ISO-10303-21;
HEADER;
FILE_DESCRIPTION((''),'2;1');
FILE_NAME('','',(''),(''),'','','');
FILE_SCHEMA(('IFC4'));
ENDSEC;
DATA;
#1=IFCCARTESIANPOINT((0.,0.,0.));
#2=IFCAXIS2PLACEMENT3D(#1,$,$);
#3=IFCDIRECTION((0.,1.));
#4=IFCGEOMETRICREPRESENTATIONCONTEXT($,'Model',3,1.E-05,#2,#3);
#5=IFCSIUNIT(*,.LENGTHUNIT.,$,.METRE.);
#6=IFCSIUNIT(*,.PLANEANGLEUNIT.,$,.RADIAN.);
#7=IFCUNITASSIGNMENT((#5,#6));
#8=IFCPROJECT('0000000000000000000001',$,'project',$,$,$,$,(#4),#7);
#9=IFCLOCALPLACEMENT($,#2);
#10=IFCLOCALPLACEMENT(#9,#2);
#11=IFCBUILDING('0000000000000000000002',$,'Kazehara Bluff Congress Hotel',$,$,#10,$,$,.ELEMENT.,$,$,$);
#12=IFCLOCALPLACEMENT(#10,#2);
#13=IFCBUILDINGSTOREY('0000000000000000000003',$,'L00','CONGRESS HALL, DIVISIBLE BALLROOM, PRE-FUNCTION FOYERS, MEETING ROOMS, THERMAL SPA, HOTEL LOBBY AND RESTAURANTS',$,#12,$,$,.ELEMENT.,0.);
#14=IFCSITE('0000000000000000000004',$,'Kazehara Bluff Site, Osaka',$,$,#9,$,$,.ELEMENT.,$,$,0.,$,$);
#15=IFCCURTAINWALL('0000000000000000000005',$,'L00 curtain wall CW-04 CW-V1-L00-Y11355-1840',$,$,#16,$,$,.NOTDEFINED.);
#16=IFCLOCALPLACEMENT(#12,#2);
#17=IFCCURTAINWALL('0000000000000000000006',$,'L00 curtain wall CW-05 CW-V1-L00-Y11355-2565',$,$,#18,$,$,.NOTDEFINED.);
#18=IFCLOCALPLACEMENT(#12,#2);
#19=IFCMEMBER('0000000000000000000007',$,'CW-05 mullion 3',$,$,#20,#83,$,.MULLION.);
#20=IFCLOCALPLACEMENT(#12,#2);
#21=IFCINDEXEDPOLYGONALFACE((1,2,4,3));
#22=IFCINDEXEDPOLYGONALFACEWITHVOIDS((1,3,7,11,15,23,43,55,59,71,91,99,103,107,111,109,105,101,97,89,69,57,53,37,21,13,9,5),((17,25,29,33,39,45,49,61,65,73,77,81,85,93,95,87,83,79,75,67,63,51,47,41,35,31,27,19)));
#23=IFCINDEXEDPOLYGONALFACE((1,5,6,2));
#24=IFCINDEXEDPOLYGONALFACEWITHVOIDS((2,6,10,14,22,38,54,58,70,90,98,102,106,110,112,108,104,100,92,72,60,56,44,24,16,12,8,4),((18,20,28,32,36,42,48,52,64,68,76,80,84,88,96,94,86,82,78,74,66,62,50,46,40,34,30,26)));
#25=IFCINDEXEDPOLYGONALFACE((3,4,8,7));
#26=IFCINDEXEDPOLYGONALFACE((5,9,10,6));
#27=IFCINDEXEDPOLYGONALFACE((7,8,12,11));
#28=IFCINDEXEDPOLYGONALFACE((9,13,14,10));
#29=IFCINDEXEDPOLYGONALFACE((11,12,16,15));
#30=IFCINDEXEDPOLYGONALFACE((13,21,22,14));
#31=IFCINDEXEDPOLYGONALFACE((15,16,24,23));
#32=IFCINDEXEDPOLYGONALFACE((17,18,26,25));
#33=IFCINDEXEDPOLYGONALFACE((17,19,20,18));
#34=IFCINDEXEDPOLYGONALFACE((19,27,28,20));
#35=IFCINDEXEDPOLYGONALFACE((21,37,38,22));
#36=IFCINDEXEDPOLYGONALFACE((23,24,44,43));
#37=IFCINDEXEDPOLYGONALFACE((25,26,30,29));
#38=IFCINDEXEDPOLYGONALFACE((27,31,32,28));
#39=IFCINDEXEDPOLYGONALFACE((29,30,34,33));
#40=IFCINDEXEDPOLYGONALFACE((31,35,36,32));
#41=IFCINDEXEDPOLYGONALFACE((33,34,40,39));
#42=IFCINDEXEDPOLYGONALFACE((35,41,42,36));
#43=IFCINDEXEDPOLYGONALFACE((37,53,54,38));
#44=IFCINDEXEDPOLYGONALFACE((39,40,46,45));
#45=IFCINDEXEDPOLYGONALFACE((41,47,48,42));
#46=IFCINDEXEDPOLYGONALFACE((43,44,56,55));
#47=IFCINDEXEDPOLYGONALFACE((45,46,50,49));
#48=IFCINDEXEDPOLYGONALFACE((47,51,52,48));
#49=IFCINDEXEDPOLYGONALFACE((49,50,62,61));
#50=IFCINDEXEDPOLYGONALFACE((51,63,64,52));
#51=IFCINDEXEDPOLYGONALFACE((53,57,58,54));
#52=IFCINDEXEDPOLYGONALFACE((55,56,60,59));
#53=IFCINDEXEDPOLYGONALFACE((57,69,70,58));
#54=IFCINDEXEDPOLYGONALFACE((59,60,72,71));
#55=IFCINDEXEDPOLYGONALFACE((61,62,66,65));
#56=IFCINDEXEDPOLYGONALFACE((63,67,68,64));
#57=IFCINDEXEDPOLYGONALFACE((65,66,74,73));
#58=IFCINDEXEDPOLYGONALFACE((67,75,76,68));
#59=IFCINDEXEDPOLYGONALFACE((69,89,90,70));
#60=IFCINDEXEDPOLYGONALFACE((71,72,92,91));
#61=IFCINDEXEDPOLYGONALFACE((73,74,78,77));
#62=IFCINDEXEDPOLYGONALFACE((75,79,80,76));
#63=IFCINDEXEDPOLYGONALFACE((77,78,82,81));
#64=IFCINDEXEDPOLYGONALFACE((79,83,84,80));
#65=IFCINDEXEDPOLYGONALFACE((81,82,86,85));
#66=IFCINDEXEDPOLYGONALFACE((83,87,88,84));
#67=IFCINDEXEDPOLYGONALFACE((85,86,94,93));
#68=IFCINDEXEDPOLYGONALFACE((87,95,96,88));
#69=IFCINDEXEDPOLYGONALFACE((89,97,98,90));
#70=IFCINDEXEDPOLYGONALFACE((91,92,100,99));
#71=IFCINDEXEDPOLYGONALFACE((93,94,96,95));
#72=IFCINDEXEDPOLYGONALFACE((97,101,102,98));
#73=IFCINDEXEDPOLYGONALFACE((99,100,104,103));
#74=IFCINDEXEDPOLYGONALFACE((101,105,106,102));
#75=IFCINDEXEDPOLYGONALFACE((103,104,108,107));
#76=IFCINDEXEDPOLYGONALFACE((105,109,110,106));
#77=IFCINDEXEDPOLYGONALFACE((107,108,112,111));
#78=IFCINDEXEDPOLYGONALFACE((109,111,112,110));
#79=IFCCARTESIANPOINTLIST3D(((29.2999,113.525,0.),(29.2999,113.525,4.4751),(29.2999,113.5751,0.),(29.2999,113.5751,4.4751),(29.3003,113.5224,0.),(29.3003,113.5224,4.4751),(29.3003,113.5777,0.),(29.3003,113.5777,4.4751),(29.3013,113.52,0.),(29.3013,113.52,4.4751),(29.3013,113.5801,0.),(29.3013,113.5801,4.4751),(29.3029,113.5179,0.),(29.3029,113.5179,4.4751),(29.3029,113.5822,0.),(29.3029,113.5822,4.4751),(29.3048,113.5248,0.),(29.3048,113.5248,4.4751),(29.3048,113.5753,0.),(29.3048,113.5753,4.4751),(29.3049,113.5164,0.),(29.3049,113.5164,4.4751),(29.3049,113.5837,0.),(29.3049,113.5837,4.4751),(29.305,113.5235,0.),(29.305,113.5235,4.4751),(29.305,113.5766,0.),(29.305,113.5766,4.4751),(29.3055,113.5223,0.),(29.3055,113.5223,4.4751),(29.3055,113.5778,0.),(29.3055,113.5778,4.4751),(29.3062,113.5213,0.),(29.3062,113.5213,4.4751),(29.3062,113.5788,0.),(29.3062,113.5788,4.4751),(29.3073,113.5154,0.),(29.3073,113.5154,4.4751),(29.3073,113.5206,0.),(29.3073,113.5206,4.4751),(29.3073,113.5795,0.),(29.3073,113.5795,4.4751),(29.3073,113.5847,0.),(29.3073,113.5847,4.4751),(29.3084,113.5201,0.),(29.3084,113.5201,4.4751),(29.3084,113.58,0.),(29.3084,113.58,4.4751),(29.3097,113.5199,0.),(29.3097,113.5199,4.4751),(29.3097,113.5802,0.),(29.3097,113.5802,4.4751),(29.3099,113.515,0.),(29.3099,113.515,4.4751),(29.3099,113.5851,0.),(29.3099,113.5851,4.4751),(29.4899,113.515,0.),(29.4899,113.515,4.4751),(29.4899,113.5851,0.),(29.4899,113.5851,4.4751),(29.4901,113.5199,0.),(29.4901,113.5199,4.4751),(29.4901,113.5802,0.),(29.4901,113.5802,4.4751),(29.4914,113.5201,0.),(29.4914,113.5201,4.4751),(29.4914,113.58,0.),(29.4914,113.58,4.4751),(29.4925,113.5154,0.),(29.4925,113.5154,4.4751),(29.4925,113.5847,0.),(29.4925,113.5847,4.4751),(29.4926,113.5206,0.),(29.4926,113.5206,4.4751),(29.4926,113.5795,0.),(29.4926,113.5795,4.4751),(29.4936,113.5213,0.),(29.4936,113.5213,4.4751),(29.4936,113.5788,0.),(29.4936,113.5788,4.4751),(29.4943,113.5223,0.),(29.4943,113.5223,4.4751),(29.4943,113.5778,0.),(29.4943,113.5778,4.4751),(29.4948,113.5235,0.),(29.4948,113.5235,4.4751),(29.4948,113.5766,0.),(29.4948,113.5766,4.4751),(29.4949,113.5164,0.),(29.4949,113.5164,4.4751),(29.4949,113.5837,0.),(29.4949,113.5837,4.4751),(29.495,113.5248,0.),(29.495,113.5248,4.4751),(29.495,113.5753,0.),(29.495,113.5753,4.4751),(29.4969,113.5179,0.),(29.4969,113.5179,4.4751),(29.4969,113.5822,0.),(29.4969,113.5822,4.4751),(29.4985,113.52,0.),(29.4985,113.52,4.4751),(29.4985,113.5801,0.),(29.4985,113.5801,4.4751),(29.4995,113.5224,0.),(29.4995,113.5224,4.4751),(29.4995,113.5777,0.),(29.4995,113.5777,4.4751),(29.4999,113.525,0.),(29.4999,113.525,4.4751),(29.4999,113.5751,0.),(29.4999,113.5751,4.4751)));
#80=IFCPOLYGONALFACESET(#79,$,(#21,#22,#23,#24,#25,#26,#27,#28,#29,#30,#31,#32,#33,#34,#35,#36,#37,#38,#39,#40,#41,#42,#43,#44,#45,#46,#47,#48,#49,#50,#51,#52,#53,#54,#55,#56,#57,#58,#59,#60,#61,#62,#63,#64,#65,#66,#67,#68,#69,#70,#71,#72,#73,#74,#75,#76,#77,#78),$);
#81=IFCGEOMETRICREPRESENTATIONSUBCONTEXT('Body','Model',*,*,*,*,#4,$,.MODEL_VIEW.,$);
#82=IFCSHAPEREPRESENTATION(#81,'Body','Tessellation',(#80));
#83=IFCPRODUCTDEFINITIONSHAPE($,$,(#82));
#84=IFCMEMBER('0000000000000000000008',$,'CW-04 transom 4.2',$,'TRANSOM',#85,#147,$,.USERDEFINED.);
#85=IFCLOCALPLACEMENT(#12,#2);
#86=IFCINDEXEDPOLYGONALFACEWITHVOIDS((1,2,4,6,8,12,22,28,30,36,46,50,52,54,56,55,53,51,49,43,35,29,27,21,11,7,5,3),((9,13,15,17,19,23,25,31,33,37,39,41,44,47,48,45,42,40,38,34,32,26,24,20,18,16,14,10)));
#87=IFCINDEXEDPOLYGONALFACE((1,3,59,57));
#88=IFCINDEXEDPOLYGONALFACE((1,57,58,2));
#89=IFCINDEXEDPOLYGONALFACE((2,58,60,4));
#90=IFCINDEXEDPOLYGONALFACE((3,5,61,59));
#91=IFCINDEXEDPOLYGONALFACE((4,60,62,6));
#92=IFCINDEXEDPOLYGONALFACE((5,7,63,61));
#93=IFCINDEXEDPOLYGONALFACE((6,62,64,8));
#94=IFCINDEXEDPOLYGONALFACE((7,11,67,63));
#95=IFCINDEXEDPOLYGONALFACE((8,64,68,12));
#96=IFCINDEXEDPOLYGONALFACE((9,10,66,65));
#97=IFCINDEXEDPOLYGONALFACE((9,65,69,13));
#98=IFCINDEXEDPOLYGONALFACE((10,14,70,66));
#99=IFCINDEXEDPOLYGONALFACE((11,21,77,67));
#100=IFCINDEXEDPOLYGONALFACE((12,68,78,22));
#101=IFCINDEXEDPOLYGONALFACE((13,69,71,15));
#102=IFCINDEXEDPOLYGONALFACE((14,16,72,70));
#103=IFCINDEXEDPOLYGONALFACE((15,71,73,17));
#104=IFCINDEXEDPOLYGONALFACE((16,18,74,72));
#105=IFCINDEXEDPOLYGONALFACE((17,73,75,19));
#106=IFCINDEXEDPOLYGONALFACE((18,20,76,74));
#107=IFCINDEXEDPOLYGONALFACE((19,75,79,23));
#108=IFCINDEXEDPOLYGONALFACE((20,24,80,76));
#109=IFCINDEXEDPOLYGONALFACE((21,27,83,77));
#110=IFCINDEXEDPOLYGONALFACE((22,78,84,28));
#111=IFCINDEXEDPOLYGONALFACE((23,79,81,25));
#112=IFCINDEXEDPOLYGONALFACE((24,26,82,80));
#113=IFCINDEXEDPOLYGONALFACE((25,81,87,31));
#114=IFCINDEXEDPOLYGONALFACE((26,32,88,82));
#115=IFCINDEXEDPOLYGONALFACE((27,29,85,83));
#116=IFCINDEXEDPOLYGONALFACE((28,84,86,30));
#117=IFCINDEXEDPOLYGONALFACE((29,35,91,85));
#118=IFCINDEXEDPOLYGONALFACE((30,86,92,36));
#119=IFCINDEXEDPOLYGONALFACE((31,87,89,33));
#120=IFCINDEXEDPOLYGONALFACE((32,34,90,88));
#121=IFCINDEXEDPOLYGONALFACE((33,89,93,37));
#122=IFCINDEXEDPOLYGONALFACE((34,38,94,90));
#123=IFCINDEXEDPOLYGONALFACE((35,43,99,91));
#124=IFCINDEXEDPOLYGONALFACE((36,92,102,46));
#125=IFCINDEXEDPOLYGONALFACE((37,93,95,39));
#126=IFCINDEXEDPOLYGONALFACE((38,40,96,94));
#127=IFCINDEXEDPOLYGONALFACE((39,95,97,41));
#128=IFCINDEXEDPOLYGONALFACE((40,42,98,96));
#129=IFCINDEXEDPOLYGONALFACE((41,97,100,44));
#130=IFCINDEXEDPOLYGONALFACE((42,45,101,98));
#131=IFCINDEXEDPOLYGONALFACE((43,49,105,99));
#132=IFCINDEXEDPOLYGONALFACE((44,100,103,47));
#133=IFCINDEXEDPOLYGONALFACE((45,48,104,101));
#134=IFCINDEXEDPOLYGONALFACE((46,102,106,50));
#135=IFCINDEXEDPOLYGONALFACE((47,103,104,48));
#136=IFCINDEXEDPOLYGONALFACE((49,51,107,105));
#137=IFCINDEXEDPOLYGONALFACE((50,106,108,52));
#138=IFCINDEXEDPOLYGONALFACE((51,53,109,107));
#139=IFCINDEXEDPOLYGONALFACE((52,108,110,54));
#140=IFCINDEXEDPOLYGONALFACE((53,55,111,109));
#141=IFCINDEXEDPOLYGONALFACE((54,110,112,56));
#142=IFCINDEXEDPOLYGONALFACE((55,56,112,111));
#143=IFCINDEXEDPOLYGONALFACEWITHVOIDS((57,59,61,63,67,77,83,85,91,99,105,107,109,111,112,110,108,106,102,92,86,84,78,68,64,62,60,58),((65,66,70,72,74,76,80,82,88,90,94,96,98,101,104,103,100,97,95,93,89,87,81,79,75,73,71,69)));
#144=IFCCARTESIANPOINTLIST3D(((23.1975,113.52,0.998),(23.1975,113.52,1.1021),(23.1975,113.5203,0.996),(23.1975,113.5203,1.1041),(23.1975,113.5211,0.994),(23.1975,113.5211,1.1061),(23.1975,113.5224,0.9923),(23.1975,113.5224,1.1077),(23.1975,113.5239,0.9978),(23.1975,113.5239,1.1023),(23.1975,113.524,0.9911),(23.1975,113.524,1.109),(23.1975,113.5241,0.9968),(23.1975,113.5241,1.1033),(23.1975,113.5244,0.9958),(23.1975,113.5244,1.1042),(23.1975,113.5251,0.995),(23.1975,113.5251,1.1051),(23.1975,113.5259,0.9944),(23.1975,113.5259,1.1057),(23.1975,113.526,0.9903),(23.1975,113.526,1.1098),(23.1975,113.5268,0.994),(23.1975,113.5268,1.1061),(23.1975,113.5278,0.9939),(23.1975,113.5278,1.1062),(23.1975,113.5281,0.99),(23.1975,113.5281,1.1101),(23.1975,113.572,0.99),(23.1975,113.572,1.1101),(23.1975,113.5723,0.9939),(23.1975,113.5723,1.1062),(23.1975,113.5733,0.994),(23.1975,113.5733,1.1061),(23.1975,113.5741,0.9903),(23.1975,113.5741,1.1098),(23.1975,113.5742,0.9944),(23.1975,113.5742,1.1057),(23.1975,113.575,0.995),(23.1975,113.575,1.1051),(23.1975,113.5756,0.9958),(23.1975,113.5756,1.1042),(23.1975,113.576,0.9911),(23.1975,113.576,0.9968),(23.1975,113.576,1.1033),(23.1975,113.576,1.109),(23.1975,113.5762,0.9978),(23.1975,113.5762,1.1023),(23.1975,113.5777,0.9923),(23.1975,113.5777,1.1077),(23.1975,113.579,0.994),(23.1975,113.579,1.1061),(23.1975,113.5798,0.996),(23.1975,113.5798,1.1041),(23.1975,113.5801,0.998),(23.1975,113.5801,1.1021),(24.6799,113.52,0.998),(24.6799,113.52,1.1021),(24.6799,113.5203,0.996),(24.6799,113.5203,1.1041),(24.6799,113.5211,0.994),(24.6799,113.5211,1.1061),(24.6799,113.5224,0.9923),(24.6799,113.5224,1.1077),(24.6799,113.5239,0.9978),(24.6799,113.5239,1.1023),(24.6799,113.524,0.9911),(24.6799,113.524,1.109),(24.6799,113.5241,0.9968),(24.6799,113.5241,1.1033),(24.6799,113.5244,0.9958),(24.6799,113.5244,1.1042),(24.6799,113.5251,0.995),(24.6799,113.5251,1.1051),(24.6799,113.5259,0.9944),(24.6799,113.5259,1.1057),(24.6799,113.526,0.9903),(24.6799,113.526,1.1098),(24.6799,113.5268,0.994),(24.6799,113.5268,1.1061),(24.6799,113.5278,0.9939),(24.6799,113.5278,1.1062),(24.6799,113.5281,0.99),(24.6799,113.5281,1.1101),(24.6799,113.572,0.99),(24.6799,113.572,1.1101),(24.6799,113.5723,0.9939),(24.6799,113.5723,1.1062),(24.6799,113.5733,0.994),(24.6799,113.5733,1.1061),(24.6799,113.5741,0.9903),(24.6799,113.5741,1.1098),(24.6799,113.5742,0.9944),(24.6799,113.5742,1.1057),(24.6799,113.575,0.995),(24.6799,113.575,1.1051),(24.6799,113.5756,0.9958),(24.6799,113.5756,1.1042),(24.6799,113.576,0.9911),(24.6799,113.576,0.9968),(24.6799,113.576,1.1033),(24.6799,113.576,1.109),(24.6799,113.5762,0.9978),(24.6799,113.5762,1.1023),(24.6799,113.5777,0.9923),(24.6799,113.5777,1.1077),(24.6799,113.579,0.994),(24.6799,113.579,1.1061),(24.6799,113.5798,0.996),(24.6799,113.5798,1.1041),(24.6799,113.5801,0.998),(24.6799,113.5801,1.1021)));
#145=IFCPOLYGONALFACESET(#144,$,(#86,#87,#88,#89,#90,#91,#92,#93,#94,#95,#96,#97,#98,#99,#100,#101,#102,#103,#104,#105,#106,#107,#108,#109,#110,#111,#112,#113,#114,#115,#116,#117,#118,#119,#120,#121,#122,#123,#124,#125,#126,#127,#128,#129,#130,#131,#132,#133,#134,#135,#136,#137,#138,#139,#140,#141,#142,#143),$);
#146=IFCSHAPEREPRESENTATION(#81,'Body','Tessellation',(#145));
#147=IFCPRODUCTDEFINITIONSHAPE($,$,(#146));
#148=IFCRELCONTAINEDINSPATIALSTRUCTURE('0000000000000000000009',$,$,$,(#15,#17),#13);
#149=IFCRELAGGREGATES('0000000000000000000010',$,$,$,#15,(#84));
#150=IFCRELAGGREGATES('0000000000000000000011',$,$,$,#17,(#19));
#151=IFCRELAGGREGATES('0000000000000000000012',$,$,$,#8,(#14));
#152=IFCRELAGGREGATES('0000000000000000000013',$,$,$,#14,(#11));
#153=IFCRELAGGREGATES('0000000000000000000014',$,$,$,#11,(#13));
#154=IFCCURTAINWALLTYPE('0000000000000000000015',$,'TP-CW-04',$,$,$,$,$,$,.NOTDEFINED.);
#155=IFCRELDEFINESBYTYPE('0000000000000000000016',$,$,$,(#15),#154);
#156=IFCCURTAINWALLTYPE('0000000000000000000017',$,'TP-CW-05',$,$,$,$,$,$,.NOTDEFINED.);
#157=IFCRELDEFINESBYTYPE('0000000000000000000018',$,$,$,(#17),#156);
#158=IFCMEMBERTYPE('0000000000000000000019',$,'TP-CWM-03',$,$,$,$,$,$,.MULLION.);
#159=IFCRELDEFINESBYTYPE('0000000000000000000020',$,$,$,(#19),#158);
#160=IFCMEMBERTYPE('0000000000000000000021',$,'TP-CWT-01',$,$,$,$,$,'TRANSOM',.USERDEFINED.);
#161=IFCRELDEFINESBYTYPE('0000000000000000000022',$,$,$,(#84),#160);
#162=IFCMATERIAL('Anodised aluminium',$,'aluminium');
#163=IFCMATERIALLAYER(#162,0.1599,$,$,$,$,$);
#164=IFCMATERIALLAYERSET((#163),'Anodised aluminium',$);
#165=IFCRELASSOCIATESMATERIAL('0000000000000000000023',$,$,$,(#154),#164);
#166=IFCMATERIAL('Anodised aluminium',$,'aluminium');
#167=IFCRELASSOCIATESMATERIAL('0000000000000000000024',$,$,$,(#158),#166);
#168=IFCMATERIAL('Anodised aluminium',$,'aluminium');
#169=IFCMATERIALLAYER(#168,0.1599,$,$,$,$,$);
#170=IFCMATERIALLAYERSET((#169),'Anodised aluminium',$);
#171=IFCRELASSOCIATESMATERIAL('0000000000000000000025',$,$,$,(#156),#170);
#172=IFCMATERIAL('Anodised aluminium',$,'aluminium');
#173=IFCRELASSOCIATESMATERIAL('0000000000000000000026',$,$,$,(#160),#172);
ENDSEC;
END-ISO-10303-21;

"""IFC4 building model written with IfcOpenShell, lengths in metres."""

from ifc_helpers import new_model, si_unit, direction, frame, origin, origin_2d, place, context, subcontext, project, spatial, hollow_rectangle, extrude, material, layer, layer_set, material_profile, profile_set, type_object, element, aggregate, save


model = new_model("IFC4")

# Units and contexts
model_context = context("Model", 3, precision=1e-05, world=origin(), true_north=direction((0.0, 1.0)))
body_context = subcontext(model_context, "Body", "Model", "MODEL_VIEW")
ifc_project = project(units=[si_unit("LENGTHUNIT", "METRE"), si_unit("PLANEANGLEUNIT", "RADIAN")], contexts=[model_context])

# Site, building, storey
site_placement = place(None, origin())
site = spatial("IfcSite", under=ifc_project, at=site_placement, Name="Kazehara Bluff Site, Osaka", CompositionType="ELEMENT", RefElevation=0.0)
building_placement = place(site_placement, origin())
building = spatial("IfcBuilding", under=site, at=building_placement, Name="Kazehara Bluff Congress Hotel", CompositionType="ELEMENT")
storey_placement = place(building_placement, origin())
storey = spatial("IfcBuildingStorey", under=building, at=storey_placement, Name="L00", Description="CONGRESS HALL, DIVISIBLE BALLROOM, PRE-FUNCTION FOYERS, MEETING ROOMS, THERMAL SPA, HOTEL LOBBY AND RESTAURANTS", CompositionType="ELEMENT", Elevation=0.0)

# Curtain wall
ifc_material_1 = material(Name="Anodised aluminium", Category="aluminium")
ifc_layer_1 = layer(ifc_material_1, 0.1599)
ifc_layer_set_1 = layer_set([ifc_layer_1], Name="Anodised aluminium")
curtain_wall_type_1 = type_object("IfcCurtainWallType", Name="TP-CW-04", PredefinedType="NOTDEFINED", material=ifc_layer_set_1)
curtain_wall_1_placement = place(storey_placement, origin())
curtain_wall_1 = element("IfcCurtainWall", 1, at=curtain_wall_1_placement, inside=storey, type_object=curtain_wall_type_1, Name="L00 curtain wall CW-04 CW-V1-L00-Y11355-1840", PredefinedType="NOTDEFINED")
ifc_material_2 = material(Name="Anodised aluminium", Category="aluminium")
ifc_material_profile_1 = material_profile(ifc_material_2, hollow_rectangle(XDim=0.0701, YDim=0.2, WallThickness=0.0049, InnerFilletRadius=0.0049, OuterFilletRadius=0.01, at=origin_2d()))
ifc_profile_set_1 = profile_set([ifc_material_profile_1], Name="Anodised aluminium")
member_type_1 = type_object("IfcMemberType", Name="TP-CWM-03", PredefinedType="MULLION", material=ifc_profile_set_1)

# Curtain wall, member
ifc_material_3 = material(Name="Anodised aluminium", Category="aluminium")
ifc_layer_2 = layer(ifc_material_3, 0.1599)
ifc_layer_set_2 = layer_set([ifc_layer_2], Name="Anodised aluminium")
curtain_wall_type_2 = type_object("IfcCurtainWallType", Name="TP-CW-05", PredefinedType="NOTDEFINED", material=ifc_layer_set_2)
curtain_wall_2_placement = place(storey_placement, origin())
curtain_wall_2 = element("IfcCurtainWall", 2, at=curtain_wall_2_placement, inside=storey, type_object=curtain_wall_type_2, Name="L00 curtain wall CW-05 CW-V1-L00-Y11355-2565", PredefinedType="NOTDEFINED")
member_1_placement = place(storey_placement, frame((29.3999, 113.55, 0.0), z_axis=(0.0, 0.0, 1.0), x_axis=(0.0, 1.0, 0.0)))
member_1 = element("IfcMember", 3, at=member_1_placement, type_object=member_type_1, Name="CW-05 mullion 3", PredefinedType="MULLION", context=body_context, shape_type="SweptSolid", body=[
    extrude(hollow_rectangle(XDim=0.0701, YDim=0.2, WallThickness=0.0049, InnerFilletRadius=0.0049, OuterFilletRadius=0.01, at=origin_2d()), origin(), (0.0, 0.0, 1.0), 4.4751),
])

# Member
ifc_material_4 = material(Name="Anodised aluminium", Category="aluminium")
ifc_material_profile_2 = material_profile(ifc_material_4, hollow_rectangle(XDim=0.0601, YDim=0.1201, WallThickness=0.0039, InnerFilletRadius=0.0039, OuterFilletRadius=0.0081, at=origin_2d()))
ifc_profile_set_2 = profile_set([ifc_material_profile_2], Name="Anodised aluminium")
member_type_2 = type_object("IfcMemberType", Name="TP-CWT-01", ElementType="TRANSOM", PredefinedType="USERDEFINED", material=ifc_profile_set_2)
member_2_placement = place(storey_placement, frame((23.1975, 113.55, 1.05), z_axis=(1.0, 0.0, 0.0), x_axis=(0.0, 1.0, 0.0)))
member_2 = element("IfcMember", 4, at=member_2_placement, type_object=member_type_2, Name="CW-04 transom 4.2", ObjectType="TRANSOM", PredefinedType="USERDEFINED", context=body_context, shape_type="SweptSolid", body=[
    extrude(hollow_rectangle(XDim=0.0601, YDim=0.1201, WallThickness=0.0039, InnerFilletRadius=0.0039, OuterFilletRadius=0.0081, at=origin_2d()), origin(), (0.0, 0.0, 1.0), 1.4824),
])

aggregate(curtain_wall_1, [member_2])
aggregate(curtain_wall_2, [member_1])

save(model, "model.ifc")
